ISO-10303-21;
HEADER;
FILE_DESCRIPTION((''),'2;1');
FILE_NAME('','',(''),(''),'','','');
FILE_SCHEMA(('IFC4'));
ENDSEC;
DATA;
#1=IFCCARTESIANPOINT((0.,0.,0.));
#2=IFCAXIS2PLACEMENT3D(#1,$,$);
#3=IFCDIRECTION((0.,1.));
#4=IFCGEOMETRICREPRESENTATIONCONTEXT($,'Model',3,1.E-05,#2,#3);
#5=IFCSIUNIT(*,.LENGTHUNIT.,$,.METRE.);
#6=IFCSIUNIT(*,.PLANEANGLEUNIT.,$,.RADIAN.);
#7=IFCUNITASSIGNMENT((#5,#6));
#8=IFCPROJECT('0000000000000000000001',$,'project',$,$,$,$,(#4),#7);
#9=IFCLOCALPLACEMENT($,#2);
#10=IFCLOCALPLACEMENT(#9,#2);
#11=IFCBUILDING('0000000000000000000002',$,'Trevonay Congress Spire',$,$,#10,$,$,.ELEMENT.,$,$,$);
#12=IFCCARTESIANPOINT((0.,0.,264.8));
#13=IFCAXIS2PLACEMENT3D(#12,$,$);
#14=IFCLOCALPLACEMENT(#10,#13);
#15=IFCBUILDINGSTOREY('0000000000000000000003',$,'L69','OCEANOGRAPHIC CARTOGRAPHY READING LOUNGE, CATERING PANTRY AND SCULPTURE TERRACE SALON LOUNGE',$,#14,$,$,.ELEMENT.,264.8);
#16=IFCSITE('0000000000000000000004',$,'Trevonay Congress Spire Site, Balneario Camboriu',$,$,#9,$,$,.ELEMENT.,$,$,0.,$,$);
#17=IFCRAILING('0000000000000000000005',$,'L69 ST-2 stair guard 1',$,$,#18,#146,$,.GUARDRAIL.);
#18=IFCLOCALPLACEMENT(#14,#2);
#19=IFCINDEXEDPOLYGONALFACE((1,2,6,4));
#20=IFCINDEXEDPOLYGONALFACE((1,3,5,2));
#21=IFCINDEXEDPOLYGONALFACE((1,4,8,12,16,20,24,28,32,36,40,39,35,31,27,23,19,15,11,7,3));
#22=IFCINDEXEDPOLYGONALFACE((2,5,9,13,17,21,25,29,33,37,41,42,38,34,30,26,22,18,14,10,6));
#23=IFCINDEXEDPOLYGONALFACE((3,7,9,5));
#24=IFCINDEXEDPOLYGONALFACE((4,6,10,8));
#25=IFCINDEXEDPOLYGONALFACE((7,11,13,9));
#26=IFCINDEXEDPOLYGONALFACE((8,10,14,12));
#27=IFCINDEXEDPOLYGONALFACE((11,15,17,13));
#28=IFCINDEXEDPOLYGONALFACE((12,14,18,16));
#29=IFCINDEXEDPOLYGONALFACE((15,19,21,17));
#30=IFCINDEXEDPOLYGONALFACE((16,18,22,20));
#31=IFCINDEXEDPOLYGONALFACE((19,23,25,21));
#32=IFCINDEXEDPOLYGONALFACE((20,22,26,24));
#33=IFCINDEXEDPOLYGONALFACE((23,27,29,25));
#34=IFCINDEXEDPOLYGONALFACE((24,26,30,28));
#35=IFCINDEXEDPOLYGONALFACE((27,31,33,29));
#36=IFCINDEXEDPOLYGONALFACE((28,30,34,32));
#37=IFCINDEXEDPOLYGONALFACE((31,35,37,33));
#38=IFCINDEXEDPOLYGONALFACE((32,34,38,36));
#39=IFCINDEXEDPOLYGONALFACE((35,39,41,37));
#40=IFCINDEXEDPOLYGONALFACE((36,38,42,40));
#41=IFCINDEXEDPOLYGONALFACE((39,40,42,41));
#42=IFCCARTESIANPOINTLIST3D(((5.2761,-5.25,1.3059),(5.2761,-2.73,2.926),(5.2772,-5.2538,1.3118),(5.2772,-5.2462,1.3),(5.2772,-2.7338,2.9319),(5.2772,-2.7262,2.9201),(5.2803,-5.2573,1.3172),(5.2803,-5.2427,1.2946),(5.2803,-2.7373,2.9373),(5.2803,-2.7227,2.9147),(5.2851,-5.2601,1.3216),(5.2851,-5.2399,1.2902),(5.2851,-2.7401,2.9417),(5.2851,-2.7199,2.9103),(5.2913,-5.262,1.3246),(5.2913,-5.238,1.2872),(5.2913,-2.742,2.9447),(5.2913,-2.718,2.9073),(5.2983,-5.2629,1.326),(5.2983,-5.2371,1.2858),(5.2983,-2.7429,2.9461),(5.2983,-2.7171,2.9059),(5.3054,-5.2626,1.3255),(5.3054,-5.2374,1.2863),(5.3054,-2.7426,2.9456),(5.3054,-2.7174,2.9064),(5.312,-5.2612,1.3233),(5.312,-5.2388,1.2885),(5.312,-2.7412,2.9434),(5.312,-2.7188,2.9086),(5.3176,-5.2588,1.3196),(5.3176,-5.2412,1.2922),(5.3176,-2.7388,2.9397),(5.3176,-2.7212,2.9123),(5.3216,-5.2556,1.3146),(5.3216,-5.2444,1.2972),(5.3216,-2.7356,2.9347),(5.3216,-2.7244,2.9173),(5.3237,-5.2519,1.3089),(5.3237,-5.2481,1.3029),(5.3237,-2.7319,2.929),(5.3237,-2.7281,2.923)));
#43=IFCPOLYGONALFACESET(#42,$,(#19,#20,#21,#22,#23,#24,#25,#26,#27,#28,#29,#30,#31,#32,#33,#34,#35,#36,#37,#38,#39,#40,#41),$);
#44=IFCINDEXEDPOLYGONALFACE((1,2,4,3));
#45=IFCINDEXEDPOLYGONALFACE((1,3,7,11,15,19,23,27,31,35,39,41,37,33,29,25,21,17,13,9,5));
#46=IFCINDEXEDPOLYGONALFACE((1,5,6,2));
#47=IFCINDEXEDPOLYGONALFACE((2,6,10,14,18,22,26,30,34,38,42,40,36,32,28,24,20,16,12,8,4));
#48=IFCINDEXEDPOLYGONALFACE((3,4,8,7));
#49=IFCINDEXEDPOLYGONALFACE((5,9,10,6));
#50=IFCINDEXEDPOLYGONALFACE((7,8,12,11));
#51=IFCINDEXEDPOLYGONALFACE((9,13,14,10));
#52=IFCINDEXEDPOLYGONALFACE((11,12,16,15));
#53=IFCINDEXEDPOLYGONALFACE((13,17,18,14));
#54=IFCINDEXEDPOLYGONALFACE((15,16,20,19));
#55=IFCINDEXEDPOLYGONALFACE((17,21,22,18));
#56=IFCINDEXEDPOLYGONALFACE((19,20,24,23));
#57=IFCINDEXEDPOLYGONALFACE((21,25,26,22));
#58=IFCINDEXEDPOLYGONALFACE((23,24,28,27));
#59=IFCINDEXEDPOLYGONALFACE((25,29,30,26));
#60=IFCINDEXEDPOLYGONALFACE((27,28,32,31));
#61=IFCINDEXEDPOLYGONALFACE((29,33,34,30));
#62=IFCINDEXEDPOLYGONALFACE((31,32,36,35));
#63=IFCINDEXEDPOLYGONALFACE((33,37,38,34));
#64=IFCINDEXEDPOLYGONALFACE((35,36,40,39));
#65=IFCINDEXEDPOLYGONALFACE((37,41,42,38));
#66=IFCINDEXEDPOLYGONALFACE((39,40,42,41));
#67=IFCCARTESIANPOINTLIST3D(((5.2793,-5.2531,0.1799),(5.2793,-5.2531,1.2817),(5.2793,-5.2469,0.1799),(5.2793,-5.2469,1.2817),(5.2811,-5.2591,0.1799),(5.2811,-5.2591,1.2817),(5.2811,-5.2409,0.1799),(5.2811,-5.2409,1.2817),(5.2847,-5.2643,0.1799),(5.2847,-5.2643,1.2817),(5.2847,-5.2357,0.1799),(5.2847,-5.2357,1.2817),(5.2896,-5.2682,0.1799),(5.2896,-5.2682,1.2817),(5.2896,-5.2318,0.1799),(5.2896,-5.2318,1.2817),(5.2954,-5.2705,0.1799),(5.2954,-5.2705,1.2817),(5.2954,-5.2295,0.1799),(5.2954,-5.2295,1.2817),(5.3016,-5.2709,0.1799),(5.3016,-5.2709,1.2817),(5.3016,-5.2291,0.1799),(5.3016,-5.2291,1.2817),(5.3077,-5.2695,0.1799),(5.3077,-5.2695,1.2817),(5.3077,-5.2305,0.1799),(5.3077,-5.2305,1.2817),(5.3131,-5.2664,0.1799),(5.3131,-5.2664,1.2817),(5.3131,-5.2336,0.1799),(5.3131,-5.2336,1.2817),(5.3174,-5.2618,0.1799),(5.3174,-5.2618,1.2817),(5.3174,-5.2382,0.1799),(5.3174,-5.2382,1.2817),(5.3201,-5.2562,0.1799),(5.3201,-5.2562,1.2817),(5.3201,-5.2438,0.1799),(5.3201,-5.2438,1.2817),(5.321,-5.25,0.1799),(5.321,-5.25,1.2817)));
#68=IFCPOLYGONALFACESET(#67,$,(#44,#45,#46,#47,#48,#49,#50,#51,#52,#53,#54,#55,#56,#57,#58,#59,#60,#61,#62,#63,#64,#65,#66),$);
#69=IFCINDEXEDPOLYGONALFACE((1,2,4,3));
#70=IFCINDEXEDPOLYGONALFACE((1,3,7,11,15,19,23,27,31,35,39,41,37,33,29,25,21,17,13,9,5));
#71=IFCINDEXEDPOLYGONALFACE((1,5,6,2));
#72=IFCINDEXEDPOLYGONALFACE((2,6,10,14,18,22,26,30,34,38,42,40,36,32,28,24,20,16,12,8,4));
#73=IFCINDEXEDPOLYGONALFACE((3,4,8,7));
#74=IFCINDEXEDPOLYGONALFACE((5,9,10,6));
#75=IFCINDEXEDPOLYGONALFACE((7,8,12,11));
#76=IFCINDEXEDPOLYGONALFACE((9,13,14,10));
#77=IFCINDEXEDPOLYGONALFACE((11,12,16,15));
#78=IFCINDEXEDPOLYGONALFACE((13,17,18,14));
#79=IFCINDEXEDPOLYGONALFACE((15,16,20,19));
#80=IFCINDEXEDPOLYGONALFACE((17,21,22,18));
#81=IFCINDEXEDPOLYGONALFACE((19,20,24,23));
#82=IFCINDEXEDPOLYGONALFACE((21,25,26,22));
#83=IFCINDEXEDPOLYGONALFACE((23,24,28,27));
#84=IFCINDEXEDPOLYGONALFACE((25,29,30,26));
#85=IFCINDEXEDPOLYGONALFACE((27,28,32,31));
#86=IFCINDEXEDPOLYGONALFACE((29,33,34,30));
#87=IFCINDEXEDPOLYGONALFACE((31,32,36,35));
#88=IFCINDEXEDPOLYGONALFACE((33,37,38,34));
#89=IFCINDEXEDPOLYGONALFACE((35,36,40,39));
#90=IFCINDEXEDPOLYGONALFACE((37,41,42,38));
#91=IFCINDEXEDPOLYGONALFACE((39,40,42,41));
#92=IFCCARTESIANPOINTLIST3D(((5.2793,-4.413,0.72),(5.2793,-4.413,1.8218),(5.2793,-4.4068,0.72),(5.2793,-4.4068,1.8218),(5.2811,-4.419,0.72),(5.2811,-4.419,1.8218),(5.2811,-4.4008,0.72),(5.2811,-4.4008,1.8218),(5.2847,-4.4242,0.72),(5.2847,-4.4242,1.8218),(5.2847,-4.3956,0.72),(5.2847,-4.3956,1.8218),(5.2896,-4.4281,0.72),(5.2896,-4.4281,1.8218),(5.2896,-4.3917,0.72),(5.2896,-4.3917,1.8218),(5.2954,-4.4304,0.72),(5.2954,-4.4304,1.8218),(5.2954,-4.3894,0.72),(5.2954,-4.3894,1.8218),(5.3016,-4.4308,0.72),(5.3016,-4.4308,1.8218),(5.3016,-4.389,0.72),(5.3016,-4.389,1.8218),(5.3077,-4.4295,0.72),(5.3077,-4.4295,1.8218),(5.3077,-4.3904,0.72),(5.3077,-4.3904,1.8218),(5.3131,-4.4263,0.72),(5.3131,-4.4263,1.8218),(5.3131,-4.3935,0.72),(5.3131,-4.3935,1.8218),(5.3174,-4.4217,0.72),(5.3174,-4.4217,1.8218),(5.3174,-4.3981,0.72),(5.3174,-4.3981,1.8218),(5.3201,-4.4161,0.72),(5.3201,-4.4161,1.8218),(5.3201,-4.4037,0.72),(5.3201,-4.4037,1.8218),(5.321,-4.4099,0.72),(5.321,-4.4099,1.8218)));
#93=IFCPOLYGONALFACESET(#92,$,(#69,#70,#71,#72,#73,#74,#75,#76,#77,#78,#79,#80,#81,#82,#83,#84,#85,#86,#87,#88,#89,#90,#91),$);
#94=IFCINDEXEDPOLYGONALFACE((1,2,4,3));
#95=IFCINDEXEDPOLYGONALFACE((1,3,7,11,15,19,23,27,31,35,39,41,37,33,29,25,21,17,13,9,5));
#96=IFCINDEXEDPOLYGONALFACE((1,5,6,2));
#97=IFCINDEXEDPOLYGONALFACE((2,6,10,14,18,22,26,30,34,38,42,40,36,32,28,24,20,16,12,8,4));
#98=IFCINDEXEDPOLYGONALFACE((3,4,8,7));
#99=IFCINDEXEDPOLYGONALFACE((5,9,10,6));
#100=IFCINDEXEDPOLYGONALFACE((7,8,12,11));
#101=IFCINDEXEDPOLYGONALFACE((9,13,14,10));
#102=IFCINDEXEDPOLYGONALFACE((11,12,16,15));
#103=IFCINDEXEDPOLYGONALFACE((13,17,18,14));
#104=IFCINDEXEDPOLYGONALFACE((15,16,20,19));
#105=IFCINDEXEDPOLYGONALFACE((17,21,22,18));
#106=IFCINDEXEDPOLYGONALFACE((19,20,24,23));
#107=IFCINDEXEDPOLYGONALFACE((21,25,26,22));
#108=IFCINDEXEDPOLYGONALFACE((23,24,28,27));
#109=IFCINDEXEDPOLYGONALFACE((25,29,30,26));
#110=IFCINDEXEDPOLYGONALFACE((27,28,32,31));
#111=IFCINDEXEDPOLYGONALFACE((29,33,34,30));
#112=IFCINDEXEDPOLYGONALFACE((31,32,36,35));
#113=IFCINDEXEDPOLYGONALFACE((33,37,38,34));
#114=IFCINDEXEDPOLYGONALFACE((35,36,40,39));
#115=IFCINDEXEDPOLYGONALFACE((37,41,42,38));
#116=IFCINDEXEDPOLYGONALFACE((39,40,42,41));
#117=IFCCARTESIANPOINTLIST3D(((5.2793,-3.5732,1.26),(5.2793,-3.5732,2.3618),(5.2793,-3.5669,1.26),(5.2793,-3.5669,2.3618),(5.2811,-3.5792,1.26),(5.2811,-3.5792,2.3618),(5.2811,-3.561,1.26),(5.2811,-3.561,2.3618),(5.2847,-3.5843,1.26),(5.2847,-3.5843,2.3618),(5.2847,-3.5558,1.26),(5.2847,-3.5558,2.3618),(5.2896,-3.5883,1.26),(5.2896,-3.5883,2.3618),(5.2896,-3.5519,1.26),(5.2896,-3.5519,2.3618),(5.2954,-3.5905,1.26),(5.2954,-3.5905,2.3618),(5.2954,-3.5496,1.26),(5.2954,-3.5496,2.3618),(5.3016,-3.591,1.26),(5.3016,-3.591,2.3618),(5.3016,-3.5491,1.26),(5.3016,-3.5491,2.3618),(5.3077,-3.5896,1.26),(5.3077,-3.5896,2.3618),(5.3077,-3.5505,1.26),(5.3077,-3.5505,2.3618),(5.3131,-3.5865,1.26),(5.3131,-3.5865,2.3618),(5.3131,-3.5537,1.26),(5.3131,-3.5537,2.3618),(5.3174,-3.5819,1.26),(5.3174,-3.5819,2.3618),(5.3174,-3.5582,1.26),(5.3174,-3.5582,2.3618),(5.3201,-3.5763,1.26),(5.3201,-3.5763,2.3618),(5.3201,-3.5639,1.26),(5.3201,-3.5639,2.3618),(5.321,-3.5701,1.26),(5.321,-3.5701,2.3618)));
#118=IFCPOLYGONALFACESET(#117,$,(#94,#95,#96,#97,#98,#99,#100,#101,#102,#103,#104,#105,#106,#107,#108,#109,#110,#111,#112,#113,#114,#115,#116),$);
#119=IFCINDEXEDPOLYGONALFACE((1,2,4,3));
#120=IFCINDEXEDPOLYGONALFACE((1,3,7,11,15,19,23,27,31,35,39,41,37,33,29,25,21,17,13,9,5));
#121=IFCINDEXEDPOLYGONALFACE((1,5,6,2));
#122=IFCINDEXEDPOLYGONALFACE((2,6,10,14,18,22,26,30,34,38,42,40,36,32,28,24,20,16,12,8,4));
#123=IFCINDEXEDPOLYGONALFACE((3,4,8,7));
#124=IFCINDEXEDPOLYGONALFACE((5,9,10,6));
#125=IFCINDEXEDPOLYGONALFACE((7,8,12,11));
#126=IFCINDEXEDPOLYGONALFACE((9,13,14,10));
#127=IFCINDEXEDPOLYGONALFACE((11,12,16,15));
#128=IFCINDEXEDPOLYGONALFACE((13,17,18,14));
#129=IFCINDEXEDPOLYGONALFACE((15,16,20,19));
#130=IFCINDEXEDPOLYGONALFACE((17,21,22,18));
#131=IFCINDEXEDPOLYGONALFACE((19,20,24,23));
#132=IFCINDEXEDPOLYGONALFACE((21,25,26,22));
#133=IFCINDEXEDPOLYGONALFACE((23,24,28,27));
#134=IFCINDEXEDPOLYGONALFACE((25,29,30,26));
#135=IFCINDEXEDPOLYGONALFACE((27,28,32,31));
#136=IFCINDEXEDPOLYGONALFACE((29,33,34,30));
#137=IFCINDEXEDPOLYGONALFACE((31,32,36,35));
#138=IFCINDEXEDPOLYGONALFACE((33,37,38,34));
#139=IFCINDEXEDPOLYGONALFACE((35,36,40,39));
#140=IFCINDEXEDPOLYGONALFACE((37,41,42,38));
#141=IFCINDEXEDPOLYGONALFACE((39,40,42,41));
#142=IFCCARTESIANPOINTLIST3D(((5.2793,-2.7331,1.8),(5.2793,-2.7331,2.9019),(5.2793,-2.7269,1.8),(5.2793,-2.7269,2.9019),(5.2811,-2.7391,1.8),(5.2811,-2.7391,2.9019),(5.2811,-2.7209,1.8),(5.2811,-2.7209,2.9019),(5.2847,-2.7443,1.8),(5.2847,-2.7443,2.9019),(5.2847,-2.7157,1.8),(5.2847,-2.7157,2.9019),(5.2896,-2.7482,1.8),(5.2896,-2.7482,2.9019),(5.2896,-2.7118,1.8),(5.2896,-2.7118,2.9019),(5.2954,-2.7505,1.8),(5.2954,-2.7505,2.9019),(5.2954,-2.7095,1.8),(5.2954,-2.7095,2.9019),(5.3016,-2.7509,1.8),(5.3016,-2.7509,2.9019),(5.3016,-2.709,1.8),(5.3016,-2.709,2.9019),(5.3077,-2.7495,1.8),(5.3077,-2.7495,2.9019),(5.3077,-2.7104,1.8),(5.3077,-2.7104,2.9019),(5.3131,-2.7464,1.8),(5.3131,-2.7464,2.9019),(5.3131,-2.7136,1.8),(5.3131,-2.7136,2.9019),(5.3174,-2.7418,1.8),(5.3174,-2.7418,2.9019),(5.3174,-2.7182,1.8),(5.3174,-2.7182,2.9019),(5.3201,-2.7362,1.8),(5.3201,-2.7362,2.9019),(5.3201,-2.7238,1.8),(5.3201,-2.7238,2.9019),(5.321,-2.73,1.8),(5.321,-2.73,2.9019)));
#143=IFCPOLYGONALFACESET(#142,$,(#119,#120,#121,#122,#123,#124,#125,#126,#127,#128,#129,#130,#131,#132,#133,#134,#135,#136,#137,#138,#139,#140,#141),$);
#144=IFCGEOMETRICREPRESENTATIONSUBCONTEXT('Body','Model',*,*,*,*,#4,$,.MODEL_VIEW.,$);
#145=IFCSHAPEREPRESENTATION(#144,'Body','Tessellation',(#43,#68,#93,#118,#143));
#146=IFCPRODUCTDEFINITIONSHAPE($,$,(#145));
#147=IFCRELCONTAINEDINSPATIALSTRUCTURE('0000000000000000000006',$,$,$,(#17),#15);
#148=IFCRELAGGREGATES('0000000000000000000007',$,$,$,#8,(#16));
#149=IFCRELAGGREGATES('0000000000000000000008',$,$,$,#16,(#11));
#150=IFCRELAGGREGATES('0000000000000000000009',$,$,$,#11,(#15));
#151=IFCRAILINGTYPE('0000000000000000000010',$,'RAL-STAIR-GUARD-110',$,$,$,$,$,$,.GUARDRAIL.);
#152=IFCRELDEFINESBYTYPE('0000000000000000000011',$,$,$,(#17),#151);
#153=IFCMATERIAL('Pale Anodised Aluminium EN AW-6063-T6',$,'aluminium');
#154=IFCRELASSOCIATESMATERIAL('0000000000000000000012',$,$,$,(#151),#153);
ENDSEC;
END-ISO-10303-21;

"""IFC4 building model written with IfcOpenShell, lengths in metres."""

from ifc_helpers import new_model, si_unit, direction, frame, origin, origin_2d, place, context, subcontext, project, spatial, circle, extrude, material, type_object, element, save


model = new_model("IFC4")

# Units and contexts
model_context = context("Model", 3, precision=1e-05, world=origin(), true_north=direction((0.0, 1.0)))
body_context = subcontext(model_context, "Body", "Model", "MODEL_VIEW")
ifc_project = project(units=[si_unit("LENGTHUNIT", "METRE"), si_unit("PLANEANGLEUNIT", "RADIAN")], contexts=[model_context])

# Site, building, storey
site_placement = place(None, origin())
site = spatial("IfcSite", under=ifc_project, at=site_placement, Name="Trevonay Congress Spire Site, Balneario Camboriu", CompositionType="ELEMENT", RefElevation=0.0)
building_placement = place(site_placement, origin())
building = spatial("IfcBuilding", under=site, at=building_placement, Name="Trevonay Congress Spire", CompositionType="ELEMENT")
storey_placement = place(building_placement, frame((0.0, 0.0, 264.8)))
storey = spatial("IfcBuildingStorey", under=building, at=storey_placement, Name="L69", Description="OCEANOGRAPHIC CARTOGRAPHY READING LOUNGE, CATERING PANTRY AND SCULPTURE TERRACE SALON LOUNGE", CompositionType="ELEMENT", Elevation=264.8)

# Shared definitions
ifc_material_1 = material(Name="Pale Anodised Aluminium EN AW-6063-T6", Category="aluminium")

# Railing
railing_type_1 = type_object("IfcRailingType", Name="RAL-STAIR-GUARD-110", PredefinedType="GUARDRAIL", material=ifc_material_1)
railing_1_placement = place(storey_placement, frame((5.3, -5.25, 0.1799)))
element("IfcRailing", 1, at=railing_1_placement, inside=storey, type_object=railing_type_1, Name="L69 ST-2 stair guard 1", PredefinedType="GUARDRAIL", context=body_context, shape_type="SweptSolid", body=[
    extrude(circle(Radius=0.0239, at=origin_2d()), frame((0.0, 0.0, 1.126), z_axis=(0.0, 0.841163, 0.540782), x_axis=(-1.0, 0.0, 0.0)), (0.0, 0.0, 1.0), 2.9958),
    extrude(circle(Radius=0.021, at=origin_2d()), origin(), (0.0, 0.0, 1.0), 1.1018),
    extrude(circle(Radius=0.021, at=origin_2d()), frame((0.0, 0.8401, 0.54)), (0.0, 0.0, 1.0), 1.1018),
    extrude(circle(Radius=0.021, at=origin_2d()), frame((0.0, 1.6799, 1.0801)), (0.0, 0.0, 1.0), 1.1018),
    extrude(circle(Radius=0.021, at=origin_2d()), frame((0.0, 2.52, 1.6201)), (0.0, 0.0, 1.0), 1.1018),
])

save(model, "model.ifc")
